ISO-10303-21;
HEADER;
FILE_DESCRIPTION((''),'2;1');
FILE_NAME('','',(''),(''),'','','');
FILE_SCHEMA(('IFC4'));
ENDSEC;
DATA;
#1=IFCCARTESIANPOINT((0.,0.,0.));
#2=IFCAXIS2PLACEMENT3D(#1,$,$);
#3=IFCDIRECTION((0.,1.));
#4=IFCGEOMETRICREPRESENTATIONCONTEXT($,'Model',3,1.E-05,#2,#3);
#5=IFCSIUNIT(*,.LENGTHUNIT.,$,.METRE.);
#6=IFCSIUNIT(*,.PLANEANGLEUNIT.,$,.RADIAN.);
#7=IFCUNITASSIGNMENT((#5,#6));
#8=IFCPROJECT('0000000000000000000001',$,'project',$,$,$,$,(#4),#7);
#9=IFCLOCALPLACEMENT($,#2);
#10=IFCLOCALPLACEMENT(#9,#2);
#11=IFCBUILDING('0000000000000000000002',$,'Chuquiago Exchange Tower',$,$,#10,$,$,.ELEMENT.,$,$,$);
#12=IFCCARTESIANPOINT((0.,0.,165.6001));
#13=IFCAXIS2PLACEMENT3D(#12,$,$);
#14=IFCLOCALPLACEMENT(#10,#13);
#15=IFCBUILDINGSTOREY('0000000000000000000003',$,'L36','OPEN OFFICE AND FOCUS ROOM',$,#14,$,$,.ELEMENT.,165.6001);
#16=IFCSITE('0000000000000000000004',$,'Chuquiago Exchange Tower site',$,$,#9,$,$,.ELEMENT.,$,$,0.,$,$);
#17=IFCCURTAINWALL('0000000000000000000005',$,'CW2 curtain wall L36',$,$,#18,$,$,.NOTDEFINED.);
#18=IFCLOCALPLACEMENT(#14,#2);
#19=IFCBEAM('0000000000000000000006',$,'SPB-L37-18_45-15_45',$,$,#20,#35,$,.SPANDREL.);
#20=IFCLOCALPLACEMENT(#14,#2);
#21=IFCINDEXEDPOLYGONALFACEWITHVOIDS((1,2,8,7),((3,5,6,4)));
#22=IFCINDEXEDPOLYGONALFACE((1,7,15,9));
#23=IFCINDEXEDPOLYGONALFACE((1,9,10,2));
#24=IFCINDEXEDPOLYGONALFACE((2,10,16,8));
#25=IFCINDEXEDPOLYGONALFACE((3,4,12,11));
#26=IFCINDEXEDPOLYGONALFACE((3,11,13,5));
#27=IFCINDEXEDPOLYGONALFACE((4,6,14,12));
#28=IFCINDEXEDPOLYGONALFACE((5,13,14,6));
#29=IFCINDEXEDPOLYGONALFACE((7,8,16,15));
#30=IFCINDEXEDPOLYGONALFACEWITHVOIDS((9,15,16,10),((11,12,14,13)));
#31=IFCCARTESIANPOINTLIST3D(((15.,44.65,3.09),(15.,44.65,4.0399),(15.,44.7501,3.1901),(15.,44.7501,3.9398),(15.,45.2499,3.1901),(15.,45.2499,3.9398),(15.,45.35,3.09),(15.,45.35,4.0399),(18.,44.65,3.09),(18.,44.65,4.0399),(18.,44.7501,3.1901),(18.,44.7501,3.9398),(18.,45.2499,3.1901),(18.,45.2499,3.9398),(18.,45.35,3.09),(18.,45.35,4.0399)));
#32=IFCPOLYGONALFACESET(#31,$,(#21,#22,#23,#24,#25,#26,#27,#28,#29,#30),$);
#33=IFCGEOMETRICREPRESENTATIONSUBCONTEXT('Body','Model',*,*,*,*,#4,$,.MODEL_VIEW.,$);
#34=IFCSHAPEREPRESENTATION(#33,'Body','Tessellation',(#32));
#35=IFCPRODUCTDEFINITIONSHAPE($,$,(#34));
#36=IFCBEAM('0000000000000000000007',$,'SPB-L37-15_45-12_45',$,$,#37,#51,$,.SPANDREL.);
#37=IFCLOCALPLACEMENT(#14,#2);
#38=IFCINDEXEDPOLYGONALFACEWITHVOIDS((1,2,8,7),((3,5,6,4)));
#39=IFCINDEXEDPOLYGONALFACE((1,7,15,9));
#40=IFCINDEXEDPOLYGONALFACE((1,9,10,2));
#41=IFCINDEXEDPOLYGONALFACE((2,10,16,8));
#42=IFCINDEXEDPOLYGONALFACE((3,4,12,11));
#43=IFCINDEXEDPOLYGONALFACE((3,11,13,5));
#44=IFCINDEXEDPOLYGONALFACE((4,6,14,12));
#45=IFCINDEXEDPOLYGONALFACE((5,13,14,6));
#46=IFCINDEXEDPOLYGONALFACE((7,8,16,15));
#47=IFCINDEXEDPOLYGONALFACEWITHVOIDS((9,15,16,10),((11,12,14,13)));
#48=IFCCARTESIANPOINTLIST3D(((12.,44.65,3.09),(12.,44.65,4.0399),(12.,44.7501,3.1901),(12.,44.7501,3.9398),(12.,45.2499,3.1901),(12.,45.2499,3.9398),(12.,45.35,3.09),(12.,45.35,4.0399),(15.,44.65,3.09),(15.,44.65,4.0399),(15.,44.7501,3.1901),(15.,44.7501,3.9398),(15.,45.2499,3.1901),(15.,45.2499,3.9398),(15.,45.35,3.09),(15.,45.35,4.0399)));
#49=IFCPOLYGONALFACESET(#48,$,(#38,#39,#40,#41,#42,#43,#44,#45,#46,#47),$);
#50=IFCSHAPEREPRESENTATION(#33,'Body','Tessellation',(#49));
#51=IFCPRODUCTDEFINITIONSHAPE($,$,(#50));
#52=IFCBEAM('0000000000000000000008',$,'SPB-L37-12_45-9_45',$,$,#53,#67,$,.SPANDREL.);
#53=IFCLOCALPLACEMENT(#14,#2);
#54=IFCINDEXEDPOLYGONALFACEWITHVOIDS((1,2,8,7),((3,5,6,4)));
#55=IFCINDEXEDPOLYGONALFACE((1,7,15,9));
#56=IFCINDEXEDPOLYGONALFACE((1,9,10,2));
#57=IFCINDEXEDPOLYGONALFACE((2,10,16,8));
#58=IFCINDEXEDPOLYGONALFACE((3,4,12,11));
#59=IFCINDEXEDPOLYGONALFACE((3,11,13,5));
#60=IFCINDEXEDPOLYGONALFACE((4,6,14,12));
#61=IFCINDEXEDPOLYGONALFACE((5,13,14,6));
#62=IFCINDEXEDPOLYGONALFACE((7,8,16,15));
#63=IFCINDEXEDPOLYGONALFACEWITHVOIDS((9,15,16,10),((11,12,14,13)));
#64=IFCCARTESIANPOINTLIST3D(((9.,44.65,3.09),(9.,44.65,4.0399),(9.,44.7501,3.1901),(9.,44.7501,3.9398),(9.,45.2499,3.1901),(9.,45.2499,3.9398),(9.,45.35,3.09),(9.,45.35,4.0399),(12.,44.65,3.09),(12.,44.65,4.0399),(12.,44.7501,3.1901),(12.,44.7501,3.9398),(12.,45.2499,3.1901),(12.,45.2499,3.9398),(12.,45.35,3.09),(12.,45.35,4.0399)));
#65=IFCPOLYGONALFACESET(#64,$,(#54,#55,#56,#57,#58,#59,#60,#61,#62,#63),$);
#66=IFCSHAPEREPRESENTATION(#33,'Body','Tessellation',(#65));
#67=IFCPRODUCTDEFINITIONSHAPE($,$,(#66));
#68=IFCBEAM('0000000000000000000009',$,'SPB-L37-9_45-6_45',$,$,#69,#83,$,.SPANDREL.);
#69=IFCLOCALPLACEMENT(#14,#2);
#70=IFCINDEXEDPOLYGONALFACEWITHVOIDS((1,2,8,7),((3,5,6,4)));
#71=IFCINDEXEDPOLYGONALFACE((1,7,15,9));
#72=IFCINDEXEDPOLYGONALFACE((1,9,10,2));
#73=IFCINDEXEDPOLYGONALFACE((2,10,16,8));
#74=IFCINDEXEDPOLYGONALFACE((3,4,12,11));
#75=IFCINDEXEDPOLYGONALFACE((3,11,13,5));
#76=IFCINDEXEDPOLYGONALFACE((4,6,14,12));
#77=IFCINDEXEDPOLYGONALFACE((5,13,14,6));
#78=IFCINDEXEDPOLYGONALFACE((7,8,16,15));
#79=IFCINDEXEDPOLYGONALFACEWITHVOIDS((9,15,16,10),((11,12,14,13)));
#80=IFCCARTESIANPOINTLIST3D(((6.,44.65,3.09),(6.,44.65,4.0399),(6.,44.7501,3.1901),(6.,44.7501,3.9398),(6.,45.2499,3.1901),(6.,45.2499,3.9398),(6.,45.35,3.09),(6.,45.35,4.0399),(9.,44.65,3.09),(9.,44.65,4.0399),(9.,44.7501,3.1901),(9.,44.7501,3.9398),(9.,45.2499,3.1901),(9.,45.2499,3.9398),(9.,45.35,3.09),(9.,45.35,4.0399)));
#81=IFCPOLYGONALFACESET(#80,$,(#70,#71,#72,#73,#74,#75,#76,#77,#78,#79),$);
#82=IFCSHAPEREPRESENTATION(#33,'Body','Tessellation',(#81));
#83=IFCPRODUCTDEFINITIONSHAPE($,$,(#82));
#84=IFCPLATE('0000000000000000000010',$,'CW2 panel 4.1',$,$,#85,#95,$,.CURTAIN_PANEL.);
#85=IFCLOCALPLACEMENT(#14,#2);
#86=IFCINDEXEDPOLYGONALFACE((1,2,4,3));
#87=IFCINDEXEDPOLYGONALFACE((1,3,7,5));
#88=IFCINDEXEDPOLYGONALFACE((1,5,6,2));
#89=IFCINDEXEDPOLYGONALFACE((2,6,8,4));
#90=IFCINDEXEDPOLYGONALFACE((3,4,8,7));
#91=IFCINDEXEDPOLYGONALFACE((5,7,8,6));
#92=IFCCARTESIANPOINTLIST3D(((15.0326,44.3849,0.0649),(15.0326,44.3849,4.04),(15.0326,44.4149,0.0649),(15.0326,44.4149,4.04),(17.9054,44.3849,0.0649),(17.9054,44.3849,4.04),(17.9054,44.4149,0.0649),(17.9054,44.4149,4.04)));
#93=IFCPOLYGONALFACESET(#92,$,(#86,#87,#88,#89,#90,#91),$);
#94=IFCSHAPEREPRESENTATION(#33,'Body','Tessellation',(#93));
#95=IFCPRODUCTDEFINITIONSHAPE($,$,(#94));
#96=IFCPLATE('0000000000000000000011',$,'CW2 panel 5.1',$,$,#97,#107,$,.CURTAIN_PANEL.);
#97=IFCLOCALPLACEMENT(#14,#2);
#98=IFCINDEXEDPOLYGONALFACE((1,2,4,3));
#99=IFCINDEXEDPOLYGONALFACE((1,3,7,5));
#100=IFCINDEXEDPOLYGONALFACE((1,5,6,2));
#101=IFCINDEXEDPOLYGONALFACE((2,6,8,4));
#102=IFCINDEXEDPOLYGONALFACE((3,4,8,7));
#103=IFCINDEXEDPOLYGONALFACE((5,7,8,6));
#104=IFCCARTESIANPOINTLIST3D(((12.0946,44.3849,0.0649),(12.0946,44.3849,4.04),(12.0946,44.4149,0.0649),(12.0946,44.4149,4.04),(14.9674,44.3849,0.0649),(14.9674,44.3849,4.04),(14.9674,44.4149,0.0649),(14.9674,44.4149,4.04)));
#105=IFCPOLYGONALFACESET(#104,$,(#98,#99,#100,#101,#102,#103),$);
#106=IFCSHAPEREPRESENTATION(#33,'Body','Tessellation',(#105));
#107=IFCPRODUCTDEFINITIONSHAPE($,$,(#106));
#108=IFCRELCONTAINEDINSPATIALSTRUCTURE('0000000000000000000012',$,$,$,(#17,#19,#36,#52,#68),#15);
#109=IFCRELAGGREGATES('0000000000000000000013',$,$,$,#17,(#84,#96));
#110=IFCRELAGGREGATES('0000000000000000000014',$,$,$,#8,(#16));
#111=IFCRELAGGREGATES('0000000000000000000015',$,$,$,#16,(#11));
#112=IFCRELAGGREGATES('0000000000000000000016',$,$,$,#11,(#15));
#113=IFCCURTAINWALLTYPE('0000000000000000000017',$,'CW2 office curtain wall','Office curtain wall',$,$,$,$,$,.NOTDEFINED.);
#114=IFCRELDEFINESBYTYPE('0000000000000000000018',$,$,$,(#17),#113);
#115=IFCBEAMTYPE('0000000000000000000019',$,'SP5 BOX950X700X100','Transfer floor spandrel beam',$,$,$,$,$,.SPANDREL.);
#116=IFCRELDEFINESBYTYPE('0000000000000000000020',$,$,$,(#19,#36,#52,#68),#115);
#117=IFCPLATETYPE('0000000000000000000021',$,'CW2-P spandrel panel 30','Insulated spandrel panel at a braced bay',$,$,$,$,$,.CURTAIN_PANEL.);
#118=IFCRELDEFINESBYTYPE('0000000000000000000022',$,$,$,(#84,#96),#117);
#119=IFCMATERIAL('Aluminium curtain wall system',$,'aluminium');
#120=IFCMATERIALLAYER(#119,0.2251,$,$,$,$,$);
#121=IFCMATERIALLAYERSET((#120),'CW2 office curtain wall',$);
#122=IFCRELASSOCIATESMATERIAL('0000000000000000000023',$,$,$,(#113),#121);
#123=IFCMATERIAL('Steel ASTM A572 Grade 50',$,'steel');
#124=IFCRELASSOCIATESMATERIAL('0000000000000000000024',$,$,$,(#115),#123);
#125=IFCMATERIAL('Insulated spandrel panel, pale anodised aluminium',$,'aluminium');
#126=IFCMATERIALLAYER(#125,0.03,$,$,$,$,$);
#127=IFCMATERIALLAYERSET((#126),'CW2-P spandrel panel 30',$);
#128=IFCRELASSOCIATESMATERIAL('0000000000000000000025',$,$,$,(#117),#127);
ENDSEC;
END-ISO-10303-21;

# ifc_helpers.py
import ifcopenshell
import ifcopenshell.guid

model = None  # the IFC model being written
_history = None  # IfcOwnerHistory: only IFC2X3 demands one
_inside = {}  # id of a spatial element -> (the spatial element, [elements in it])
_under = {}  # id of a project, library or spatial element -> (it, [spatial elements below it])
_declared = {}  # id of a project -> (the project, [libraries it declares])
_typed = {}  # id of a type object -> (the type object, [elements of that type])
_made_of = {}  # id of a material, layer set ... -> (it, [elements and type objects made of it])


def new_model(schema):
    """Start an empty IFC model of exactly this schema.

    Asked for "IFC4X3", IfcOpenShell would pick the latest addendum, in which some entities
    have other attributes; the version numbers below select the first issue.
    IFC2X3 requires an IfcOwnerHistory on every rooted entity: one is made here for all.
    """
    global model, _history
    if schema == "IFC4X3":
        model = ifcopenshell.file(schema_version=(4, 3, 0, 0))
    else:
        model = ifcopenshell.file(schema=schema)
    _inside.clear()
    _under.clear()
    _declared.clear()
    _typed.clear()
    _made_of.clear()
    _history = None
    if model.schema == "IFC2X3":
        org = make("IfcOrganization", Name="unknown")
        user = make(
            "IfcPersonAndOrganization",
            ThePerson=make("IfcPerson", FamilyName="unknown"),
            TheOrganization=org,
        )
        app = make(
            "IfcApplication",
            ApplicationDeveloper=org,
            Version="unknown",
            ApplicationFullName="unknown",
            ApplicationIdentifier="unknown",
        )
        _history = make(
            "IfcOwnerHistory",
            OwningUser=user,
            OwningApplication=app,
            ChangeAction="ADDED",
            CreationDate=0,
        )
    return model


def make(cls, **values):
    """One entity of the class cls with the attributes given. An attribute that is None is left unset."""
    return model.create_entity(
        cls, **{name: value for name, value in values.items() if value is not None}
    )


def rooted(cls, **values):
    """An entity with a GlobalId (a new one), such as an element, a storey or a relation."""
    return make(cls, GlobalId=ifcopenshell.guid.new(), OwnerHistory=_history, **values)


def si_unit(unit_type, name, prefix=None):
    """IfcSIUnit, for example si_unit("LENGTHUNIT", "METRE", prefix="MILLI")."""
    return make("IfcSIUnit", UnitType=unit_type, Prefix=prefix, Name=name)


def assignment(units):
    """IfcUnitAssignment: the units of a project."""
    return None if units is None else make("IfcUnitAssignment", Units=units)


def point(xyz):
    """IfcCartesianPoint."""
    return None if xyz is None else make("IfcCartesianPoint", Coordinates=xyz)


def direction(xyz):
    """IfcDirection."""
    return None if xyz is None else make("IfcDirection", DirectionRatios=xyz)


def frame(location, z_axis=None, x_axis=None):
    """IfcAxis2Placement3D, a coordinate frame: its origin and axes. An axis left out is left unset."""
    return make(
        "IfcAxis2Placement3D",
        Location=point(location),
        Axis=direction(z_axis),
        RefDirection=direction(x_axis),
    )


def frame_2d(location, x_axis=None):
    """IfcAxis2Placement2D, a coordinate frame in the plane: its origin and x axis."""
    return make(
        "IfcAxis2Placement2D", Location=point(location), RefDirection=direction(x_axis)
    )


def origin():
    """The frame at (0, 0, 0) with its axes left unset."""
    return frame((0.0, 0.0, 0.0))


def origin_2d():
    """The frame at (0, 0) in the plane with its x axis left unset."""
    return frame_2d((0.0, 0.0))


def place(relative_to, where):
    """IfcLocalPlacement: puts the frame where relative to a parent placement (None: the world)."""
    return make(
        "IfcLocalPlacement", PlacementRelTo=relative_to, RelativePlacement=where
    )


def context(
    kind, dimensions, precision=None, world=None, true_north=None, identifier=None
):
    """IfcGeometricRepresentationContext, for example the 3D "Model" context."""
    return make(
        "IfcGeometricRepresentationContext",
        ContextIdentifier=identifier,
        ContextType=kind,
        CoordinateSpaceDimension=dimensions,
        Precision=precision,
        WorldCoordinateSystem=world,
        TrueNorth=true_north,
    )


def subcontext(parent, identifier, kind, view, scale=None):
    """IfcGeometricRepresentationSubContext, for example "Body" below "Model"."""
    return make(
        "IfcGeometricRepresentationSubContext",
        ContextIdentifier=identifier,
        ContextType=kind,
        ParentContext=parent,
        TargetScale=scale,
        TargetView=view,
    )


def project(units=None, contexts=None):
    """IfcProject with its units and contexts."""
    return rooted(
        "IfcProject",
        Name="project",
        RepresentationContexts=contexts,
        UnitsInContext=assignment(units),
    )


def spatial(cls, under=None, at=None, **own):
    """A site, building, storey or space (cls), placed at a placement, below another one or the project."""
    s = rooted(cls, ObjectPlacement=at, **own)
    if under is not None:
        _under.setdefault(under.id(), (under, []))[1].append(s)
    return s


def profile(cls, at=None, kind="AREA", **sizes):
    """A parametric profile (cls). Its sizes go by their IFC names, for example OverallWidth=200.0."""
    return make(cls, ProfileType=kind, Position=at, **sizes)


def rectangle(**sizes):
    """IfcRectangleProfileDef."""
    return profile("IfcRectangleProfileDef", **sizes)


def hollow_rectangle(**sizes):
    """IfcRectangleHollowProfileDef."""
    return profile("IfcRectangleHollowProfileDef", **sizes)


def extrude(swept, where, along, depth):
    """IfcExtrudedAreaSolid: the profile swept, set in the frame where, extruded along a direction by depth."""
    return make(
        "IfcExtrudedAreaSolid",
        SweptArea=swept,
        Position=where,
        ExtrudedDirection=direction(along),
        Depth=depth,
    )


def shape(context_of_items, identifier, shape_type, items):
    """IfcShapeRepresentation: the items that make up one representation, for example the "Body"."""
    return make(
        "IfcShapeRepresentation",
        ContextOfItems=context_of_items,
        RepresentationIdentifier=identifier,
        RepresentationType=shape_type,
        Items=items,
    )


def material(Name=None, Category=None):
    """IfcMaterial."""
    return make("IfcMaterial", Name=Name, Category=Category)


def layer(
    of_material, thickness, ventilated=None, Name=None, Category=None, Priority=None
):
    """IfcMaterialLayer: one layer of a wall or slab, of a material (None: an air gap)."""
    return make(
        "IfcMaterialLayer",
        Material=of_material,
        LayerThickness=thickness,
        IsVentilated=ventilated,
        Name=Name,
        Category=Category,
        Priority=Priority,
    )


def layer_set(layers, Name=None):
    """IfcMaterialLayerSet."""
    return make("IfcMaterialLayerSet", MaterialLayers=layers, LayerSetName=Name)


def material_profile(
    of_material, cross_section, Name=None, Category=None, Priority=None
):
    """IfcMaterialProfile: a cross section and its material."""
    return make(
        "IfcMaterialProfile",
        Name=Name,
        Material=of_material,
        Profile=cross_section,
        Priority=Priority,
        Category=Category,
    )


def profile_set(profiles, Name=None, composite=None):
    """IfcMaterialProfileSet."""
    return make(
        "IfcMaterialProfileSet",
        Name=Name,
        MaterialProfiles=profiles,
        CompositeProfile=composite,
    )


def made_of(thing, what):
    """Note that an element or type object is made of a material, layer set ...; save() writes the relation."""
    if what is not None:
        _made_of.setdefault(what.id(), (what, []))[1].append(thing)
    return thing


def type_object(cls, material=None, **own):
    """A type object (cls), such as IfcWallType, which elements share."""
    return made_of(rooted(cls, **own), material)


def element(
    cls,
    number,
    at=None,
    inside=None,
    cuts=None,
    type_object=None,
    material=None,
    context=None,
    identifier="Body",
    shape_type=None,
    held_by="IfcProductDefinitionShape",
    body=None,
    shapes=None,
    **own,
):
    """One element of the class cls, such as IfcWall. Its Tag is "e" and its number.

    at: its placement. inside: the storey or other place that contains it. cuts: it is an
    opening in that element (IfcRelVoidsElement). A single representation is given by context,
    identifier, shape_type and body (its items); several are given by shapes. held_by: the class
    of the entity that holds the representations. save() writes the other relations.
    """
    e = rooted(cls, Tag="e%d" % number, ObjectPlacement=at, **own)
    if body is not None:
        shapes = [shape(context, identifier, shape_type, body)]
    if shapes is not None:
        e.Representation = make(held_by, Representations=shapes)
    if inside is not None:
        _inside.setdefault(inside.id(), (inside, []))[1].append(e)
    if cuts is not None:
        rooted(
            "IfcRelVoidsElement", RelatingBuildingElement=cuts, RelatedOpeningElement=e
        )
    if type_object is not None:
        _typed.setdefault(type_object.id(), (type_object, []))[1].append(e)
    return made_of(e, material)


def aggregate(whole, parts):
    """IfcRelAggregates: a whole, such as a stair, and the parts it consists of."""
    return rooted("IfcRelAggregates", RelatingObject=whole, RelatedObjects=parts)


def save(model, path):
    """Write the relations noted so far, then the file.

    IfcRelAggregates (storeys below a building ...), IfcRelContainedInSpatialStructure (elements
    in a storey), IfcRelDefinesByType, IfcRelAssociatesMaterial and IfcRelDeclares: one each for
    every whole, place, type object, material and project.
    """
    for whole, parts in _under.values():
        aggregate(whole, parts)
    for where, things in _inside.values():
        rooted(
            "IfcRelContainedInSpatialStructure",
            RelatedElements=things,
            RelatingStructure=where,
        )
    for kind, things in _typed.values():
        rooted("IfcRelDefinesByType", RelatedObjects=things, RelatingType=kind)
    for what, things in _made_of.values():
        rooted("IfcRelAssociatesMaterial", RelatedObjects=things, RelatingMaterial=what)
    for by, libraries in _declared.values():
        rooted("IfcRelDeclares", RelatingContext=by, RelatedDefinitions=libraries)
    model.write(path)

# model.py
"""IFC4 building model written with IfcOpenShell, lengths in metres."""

from ifc_helpers import new_model, si_unit, direction, frame, origin, origin_2d, place, context, subcontext, project, spatial, rectangle, hollow_rectangle, extrude, material, layer, layer_set, material_profile, profile_set, type_object, element, aggregate, save


model = new_model("IFC4")

# Units and contexts
model_context = context("Model", 3, precision=1e-05, world=origin(), true_north=direction((0.0, 1.0)))
body_context = subcontext(model_context, "Body", "Model", "MODEL_VIEW")
ifc_project = project(units=[si_unit("LENGTHUNIT", "METRE"), si_unit("PLANEANGLEUNIT", "RADIAN")], contexts=[model_context])

# Site, building, storey
site_placement = place(None, origin())
site = spatial("IfcSite", under=ifc_project, at=site_placement, Name="Chuquiago Exchange Tower site", CompositionType="ELEMENT", RefElevation=0.0)
building_placement = place(site_placement, origin())
building = spatial("IfcBuilding", under=site, at=building_placement, Name="Chuquiago Exchange Tower", CompositionType="ELEMENT")
storey_placement = place(building_placement, frame((0.0, 0.0, 165.6001)))
storey = spatial("IfcBuildingStorey", under=building, at=storey_placement, Name="L36", Description="OPEN OFFICE AND FOCUS ROOM", CompositionType="ELEMENT", Elevation=165.6001)

# Curtain wall
ifc_material_1 = material(Name="Aluminium curtain wall system", Category="aluminium")
ifc_layer_1 = layer(ifc_material_1, 0.2251)
ifc_layer_set_1 = layer_set([ifc_layer_1], Name="CW2 office curtain wall")
curtain_wall_type = type_object("IfcCurtainWallType", Name="CW2 office curtain wall", Description="Office curtain wall", PredefinedType="NOTDEFINED", material=ifc_layer_set_1)
curtain_wall_placement = place(storey_placement, origin())
curtain_wall = element("IfcCurtainWall", 1, at=curtain_wall_placement, inside=storey, type_object=curtain_wall_type, Name="CW2 curtain wall L36", PredefinedType="NOTDEFINED")

# Beams
ifc_material_2 = material(Name="Steel ASTM A572 Grade 50", Category="steel")
ifc_material_profile_1 = material_profile(ifc_material_2, hollow_rectangle(XDim=0.7, YDim=0.95, WallThickness=0.1001, at=origin_2d()), Name="BOX950X700X100")
ifc_profile_set_1 = profile_set([ifc_material_profile_1], Name="Steel ASTM A572 Grade 50")
beam_type = type_object("IfcBeamType", Name="SP5 BOX950X700X100", Description="Transfer floor spandrel beam", PredefinedType="SPANDREL", material=ifc_profile_set_1)
for number, where, z_axis, x_axis, name in (
    (2, (18.0, 45.0, 3.5649), (-1.0, 0.0, 0.0), (0.0, -1.0, 0.0), "SPB-L37-18_45-15_45"),
    (3, (15.0, 45.0, 3.5649), (-1.0, 0.0, 0.0), (0.0, -1.0, 0.0), "SPB-L37-15_45-12_45"),
    (4, (12.0, 45.0, 3.5649), (-1.0, 0.0, 0.0), (0.0, -1.0, 0.0), "SPB-L37-12_45-9_45"),
    (5, (9.0, 45.0, 3.5649), (-1.0, 0.0, 0.0), (0.0, -1.0, 0.0), "SPB-L37-9_45-6_45"),
):
    element("IfcBeam", number, at=place(storey_placement, frame(where, z_axis=z_axis, x_axis=x_axis)), inside=storey, type_object=beam_type, Name=name, PredefinedType="SPANDREL", context=body_context, shape_type="SweptSolid", body=[
        extrude(hollow_rectangle(XDim=0.7, YDim=0.95, WallThickness=0.1001, at=origin_2d()), origin(), (0.0, 0.0, 1.0), 3.0),
    ])

# Plates
ifc_material_3 = material(Name="Insulated spandrel panel, pale anodised aluminium", Category="aluminium")
ifc_layer_2 = layer(ifc_material_3, 0.03)
ifc_layer_set_2 = layer_set([ifc_layer_2], Name="CW2-P spandrel panel 30")
plate_type = type_object("IfcPlateType", Name="CW2-P spandrel panel 30", Description="Insulated spandrel panel at a braced bay", PredefinedType="CURTAIN_PANEL", material=ifc_layer_set_2)
plate_1_placement = place(storey_placement, frame((16.469, 44.3999, 0.0649), z_axis=(0.0, 0.0, 1.0), x_axis=(-1.0, 0.0, 0.0)))
plate_1 = element("IfcPlate", 6, at=plate_1_placement, type_object=plate_type, Name="CW2 panel 4.1", PredefinedType="CURTAIN_PANEL", context=body_context, shape_type="SweptSolid", body=[
    extrude(rectangle(XDim=2.8728, YDim=0.03, at=origin_2d()), origin(), (0.0, 0.0, 1.0), 3.9751),
])
plate_2_placement = place(storey_placement, frame((13.531, 44.3999, 0.0649), z_axis=(0.0, 0.0, 1.0), x_axis=(-1.0, 0.0, 0.0)))
plate_2 = element("IfcPlate", 7, at=plate_2_placement, type_object=plate_type, Name="CW2 panel 5.1", PredefinedType="CURTAIN_PANEL", context=body_context, shape_type="SweptSolid", body=[
    extrude(rectangle(XDim=2.8728, YDim=0.03, at=origin_2d()), origin(), (0.0, 0.0, 1.0), 3.9751),
])
aggregate(curtain_wall, [plate_1, plate_2])

save(model, "model.ifc")
